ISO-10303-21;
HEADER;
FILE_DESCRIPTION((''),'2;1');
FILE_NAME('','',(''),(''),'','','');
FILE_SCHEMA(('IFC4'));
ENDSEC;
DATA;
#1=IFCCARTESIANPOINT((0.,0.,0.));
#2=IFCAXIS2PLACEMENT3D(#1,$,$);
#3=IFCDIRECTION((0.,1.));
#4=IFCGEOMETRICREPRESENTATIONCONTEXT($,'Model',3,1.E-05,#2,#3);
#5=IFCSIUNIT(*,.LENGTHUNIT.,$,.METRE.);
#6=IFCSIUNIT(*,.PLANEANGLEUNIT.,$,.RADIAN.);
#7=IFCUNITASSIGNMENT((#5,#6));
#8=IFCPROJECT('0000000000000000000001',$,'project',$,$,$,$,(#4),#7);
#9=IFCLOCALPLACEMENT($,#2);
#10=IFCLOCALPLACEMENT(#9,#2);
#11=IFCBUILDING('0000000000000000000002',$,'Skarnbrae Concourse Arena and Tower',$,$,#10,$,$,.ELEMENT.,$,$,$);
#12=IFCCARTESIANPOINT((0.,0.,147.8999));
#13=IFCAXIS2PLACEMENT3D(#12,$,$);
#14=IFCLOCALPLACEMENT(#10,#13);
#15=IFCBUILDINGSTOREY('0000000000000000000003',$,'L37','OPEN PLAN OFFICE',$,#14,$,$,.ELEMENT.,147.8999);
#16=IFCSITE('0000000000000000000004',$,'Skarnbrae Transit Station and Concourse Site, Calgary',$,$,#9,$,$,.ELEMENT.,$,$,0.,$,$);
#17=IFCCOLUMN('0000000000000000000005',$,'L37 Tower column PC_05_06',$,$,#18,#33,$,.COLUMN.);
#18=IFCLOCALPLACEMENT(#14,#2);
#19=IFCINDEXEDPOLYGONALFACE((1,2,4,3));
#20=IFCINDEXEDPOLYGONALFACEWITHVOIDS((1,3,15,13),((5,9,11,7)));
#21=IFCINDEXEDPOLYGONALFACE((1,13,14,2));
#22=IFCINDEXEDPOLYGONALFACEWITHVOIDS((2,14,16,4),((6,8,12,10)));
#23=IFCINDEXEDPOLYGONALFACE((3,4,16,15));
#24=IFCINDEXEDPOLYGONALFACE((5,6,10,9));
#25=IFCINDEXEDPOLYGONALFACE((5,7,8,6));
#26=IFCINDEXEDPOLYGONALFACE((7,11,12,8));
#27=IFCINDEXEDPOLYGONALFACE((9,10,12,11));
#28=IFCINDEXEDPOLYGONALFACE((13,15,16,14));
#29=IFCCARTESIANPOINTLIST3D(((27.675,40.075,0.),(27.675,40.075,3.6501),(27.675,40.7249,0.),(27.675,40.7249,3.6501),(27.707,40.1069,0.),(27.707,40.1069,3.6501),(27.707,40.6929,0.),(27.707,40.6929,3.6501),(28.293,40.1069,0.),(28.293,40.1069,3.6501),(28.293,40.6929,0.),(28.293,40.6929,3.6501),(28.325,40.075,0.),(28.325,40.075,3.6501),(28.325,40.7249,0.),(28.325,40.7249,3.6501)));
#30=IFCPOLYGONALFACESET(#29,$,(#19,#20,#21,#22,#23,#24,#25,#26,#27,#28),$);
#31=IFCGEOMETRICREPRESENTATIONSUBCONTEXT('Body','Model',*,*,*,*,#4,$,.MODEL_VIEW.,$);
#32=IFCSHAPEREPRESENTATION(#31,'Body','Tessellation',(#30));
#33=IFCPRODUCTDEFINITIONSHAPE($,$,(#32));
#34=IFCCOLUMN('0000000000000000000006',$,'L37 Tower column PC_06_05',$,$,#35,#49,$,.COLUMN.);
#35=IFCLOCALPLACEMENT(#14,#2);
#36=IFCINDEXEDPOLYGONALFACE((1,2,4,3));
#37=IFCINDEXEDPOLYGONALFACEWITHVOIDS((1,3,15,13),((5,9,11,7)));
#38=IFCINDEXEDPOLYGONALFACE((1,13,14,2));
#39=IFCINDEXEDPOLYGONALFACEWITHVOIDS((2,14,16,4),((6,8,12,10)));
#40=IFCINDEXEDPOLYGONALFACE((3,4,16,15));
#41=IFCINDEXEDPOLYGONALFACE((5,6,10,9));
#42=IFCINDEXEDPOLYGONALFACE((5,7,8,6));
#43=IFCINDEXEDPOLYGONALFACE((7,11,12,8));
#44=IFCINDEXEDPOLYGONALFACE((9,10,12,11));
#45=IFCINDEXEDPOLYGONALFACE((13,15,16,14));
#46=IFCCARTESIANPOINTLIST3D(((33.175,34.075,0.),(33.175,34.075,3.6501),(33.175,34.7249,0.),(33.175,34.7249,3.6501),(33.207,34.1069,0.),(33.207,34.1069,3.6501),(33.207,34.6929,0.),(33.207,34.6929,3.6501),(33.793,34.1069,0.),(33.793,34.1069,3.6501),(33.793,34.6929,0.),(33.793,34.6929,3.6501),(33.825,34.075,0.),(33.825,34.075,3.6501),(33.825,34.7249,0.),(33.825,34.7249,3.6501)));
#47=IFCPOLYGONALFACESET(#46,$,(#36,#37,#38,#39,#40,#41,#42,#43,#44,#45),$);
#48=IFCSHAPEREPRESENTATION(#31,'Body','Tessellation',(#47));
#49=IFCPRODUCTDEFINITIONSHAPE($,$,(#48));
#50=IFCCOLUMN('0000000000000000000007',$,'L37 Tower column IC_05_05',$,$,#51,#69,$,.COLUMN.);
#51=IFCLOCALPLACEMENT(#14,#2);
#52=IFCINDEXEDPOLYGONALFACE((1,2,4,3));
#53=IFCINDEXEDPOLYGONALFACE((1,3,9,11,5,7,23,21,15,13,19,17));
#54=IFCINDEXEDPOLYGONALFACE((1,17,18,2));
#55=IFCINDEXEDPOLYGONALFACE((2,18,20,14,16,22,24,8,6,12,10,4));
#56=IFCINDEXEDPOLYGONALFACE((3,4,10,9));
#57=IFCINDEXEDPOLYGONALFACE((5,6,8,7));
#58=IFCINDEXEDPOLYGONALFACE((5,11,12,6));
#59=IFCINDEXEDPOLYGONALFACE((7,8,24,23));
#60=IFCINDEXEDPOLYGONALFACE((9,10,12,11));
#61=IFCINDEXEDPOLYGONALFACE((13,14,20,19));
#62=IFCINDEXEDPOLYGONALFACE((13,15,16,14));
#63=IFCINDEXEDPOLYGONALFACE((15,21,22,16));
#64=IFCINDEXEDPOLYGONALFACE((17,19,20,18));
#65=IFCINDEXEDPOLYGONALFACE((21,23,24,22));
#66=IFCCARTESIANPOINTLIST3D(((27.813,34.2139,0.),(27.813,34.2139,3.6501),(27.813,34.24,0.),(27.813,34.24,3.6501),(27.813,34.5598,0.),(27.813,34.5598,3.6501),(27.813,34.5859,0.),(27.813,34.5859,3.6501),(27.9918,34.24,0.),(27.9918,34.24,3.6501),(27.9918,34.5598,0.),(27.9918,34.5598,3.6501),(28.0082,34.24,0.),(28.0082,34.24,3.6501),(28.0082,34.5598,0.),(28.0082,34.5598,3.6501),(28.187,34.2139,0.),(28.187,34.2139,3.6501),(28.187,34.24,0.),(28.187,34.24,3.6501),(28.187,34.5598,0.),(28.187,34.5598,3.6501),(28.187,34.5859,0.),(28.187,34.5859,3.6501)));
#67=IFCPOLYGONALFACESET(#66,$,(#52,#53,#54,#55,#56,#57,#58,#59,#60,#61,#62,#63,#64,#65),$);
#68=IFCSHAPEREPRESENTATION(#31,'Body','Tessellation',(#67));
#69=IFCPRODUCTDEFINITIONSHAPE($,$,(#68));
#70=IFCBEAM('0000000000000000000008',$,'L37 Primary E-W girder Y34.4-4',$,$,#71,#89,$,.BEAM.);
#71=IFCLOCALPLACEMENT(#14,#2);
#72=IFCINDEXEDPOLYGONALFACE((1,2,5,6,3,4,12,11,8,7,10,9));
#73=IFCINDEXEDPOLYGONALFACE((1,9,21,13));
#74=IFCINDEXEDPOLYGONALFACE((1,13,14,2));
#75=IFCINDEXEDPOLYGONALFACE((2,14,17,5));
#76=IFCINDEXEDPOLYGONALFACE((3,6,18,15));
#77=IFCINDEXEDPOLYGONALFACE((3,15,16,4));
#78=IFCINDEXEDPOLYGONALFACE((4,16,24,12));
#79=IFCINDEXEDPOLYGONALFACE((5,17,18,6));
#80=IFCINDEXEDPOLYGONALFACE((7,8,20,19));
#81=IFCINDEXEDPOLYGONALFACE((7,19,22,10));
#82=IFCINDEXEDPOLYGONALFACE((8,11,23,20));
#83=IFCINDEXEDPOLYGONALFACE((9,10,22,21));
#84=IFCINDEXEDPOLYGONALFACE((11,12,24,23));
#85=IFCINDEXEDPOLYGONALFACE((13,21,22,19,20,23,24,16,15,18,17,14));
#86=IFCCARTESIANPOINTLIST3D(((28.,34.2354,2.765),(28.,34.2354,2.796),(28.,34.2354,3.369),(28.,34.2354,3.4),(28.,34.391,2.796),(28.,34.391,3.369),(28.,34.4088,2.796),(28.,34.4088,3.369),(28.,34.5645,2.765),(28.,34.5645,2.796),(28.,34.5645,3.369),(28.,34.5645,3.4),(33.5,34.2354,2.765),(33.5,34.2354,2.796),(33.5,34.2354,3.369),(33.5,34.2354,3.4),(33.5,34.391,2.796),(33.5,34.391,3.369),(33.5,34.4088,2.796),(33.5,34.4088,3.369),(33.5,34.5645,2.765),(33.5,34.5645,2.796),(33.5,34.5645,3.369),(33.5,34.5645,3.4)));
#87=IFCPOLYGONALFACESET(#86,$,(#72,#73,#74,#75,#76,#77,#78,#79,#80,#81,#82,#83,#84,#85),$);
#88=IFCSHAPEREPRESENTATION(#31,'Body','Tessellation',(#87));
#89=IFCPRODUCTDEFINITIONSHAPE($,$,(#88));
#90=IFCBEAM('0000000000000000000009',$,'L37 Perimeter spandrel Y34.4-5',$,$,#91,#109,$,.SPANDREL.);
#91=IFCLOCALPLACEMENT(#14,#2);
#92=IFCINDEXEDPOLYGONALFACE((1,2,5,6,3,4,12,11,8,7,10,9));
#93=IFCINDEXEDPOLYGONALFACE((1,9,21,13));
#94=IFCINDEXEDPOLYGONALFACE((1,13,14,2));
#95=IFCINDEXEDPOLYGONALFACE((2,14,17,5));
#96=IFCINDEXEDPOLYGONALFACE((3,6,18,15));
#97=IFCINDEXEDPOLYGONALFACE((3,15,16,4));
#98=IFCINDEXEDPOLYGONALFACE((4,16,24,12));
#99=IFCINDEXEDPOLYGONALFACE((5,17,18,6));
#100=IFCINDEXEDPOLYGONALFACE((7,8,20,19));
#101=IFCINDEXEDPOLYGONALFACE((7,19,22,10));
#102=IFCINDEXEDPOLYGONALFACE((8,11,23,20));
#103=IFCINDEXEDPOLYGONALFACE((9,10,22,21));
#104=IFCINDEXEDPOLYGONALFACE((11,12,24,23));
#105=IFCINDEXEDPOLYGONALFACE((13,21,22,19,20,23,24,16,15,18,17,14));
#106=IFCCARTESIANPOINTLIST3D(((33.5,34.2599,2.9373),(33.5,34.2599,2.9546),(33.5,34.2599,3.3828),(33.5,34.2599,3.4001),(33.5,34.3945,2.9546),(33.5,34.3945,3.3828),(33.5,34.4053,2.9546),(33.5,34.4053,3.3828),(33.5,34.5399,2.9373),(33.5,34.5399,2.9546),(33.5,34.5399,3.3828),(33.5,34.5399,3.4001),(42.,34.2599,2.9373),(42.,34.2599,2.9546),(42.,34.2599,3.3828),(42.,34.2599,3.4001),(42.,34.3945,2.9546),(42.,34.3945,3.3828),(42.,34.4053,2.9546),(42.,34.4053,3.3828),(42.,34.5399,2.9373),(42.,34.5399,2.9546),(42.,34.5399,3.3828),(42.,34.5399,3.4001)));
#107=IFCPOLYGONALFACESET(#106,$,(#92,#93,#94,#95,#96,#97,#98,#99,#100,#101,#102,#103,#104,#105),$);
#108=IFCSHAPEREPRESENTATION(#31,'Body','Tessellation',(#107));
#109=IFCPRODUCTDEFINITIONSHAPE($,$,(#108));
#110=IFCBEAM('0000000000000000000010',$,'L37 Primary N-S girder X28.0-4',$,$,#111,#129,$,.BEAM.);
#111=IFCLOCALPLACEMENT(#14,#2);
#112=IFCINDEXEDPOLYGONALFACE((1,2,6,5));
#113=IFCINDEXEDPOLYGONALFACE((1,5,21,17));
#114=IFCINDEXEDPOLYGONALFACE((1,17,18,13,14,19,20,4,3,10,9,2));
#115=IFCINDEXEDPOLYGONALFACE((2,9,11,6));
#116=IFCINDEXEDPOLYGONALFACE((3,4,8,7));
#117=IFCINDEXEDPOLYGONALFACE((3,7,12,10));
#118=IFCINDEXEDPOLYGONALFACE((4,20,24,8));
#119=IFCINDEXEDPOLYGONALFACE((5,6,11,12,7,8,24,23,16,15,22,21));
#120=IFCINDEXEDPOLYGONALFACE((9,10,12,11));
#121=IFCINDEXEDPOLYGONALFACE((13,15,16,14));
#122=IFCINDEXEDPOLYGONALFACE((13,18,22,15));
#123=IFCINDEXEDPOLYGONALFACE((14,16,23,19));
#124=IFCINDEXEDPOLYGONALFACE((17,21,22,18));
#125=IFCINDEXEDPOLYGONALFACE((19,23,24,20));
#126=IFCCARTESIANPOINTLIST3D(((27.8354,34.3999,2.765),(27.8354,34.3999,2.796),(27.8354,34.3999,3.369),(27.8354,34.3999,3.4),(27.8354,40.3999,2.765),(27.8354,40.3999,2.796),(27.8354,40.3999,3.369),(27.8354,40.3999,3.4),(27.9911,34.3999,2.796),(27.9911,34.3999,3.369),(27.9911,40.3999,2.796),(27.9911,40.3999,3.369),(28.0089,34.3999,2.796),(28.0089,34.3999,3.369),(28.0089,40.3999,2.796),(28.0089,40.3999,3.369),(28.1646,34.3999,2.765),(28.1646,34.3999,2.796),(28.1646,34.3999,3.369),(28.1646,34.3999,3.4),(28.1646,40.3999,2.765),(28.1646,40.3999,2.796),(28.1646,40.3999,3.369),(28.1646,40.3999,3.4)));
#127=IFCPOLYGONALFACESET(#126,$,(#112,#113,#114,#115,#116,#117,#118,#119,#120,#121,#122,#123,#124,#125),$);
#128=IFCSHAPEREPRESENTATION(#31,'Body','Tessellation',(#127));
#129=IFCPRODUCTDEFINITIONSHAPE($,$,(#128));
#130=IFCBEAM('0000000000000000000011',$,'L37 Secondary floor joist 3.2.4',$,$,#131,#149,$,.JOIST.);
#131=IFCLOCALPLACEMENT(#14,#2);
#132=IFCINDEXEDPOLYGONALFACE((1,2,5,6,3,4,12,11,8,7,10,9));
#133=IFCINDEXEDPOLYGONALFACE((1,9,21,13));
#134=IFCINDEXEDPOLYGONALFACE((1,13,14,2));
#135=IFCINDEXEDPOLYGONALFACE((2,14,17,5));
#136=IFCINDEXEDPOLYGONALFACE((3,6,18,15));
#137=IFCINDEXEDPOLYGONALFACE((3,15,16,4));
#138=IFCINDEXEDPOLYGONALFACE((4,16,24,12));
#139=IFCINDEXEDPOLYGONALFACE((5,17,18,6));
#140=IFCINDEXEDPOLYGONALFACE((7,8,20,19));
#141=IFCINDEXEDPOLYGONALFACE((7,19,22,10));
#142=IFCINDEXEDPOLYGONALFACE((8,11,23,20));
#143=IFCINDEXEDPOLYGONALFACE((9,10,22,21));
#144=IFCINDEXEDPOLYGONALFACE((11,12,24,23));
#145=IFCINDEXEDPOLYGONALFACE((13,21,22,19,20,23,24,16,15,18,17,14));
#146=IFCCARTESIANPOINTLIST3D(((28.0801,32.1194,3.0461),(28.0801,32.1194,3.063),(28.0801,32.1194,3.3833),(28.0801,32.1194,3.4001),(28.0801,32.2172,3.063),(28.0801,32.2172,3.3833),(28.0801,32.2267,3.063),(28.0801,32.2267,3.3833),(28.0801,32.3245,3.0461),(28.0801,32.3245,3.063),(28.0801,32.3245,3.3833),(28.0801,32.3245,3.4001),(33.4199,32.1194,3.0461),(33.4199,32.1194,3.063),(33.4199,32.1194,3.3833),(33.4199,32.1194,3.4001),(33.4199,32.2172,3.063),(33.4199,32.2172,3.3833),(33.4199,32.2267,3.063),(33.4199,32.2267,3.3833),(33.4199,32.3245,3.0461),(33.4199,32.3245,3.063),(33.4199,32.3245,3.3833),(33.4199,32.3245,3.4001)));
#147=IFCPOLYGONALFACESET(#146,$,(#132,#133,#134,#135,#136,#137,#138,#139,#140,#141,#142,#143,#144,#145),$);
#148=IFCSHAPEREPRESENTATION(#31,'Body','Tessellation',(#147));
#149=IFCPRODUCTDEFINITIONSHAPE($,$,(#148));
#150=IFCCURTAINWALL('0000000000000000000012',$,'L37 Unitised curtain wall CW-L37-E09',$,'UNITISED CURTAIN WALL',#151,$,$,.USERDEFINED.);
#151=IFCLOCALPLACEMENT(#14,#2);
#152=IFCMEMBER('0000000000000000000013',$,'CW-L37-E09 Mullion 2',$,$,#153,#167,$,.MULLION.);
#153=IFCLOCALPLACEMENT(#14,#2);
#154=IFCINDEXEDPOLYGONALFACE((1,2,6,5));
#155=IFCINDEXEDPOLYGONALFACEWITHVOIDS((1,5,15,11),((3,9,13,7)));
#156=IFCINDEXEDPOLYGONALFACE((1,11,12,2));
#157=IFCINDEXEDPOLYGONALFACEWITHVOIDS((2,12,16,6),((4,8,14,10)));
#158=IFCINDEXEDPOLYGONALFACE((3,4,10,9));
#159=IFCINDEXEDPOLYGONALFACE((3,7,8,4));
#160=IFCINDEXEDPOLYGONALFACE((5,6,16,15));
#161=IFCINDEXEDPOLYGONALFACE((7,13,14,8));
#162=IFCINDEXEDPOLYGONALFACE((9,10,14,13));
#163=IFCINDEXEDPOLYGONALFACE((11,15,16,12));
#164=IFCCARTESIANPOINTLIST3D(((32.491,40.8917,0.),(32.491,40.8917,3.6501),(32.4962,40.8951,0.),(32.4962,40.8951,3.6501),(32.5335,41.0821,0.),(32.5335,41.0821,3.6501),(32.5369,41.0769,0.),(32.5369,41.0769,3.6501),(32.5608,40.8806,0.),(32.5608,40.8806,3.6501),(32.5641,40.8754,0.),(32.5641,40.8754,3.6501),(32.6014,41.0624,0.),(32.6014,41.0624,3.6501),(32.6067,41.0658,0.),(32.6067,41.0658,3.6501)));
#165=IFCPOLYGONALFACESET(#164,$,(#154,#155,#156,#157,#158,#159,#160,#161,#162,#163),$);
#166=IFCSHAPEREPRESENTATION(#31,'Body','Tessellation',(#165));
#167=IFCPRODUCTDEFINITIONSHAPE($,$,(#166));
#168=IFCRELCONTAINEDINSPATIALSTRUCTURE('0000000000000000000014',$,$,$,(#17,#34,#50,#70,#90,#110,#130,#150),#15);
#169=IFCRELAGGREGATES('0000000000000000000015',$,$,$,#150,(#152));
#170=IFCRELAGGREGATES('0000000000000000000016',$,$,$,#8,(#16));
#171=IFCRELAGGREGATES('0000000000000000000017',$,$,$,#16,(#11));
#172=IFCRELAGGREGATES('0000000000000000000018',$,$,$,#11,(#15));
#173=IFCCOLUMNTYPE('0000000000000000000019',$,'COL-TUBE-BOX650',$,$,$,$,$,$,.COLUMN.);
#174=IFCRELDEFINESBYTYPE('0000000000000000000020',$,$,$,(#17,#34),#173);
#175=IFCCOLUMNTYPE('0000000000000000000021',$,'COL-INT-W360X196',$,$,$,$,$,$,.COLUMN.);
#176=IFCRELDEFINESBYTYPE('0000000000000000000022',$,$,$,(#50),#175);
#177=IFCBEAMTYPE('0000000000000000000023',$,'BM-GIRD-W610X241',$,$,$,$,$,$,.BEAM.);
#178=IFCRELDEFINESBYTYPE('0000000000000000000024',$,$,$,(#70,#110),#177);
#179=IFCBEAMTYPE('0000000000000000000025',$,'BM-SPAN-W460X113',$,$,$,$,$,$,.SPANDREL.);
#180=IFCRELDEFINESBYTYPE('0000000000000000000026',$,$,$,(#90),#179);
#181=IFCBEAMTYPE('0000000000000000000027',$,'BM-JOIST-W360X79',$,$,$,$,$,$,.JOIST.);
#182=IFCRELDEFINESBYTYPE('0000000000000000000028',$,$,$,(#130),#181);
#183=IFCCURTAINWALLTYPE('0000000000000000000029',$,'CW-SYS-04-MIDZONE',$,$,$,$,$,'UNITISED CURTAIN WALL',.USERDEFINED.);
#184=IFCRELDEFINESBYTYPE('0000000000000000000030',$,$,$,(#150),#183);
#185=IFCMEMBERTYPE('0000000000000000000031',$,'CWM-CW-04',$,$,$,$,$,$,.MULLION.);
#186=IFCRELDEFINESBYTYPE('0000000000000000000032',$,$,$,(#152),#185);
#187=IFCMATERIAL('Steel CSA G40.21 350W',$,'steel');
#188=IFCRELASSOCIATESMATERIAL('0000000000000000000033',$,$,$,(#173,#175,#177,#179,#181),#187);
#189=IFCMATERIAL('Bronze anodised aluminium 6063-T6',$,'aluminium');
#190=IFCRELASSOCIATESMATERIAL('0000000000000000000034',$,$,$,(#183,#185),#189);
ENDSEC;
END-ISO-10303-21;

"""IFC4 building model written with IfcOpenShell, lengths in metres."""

from ifc_helpers import new_model, si_unit, direction, frame, origin, origin_2d, place, context, subcontext, project, spatial, hollow_rectangle, i_section, extrude, source, transform, mapped, material, material_profile, profile_set, type_object, element, aggregate, save


model = new_model("IFC4")

# Units and contexts
model_context = context("Model", 3, precision=1e-05, world=origin(), true_north=direction((0.0, 1.0)))
body_context = subcontext(model_context, "Body", "Model", "MODEL_VIEW")
ifc_project = project(units=[si_unit("LENGTHUNIT", "METRE"), si_unit("PLANEANGLEUNIT", "RADIAN")], contexts=[model_context])

# Site, building, storey
site_placement = place(None, origin())
site = spatial("IfcSite", under=ifc_project, at=site_placement, Name="Skarnbrae Transit Station and Concourse Site, Calgary", CompositionType="ELEMENT", RefElevation=0.0)
building_placement = place(site_placement, origin())
building = spatial("IfcBuilding", under=site, at=building_placement, Name="Skarnbrae Concourse Arena and Tower", CompositionType="ELEMENT")
storey_placement = place(building_placement, frame((0.0, 0.0, 147.8999)))
storey = spatial("IfcBuildingStorey", under=building, at=storey_placement, Name="L37", Description="OPEN PLAN OFFICE", CompositionType="ELEMENT", Elevation=147.8999)

# Columns
ifc_material_1 = material(Name="Steel CSA G40.21 350W", Category="steel")
ifc_material_profile_1 = material_profile(ifc_material_1, hollow_rectangle(XDim=0.6499, YDim=0.6499, WallThickness=0.032, at=origin_2d()), Name="BOX650X650X32")
ifc_profile_set_1 = profile_set([ifc_material_profile_1], Name="Steel CSA G40.21 350W")
column_type_1 = type_object("IfcColumnType", Name="COL-TUBE-BOX650", PredefinedType="COLUMN", material=ifc_profile_set_1)
shared_shape_1 = source(origin(), body_context, "Body", "SweptSolid", [
    extrude(hollow_rectangle(XDim=0.6499, YDim=0.6499, WallThickness=0.032, at=origin_2d()), origin(), (0.0, 0.0, 1.0), 3.6501),
])
for number, where, z_axis, x_axis, name in (
    (1, (28.0, 40.3999, 0.0), (0.0, 0.0, 1.0), (1.0, 0.0, 0.0), "L37 Tower column PC_05_06"),
    (2, (33.5, 34.3999, 0.0), (0.0, 0.0, 1.0), (1.0, 0.0, 0.0), "L37 Tower column PC_06_05"),
):
    element("IfcColumn", number, at=place(storey_placement, frame(where, z_axis=z_axis, x_axis=x_axis)), inside=storey, type_object=column_type_1, Name=name, PredefinedType="COLUMN", context=body_context, shape_type="MappedRepresentation", body=[
        mapped(shared_shape_1, transform((0.0, 0.0, 0.0))),
    ])
ifc_material_profile_2 = material_profile(ifc_material_1, i_section(OverallWidth=0.374, OverallDepth=0.3721, WebThickness=0.0164, FlangeThickness=0.0261, at=origin_2d()), Name="W360X196")
ifc_profile_set_2 = profile_set([ifc_material_profile_2], Name="Steel CSA G40.21 350W")
column_type_2 = type_object("IfcColumnType", Name="COL-INT-W360X196", PredefinedType="COLUMN", material=ifc_profile_set_2)
shared_shape_2 = source(origin(), body_context, "Body", "SweptSolid", [
    extrude(i_section(OverallWidth=0.374, OverallDepth=0.3721, WebThickness=0.0164, FlangeThickness=0.0261, at=origin_2d()), origin(), (0.0, 0.0, 1.0), 3.6501),
])
column_placement = place(storey_placement, frame((28.0, 34.3999, 0.0), z_axis=(0.0, 0.0, 1.0), x_axis=(1.0, 0.0, 0.0)))
element("IfcColumn", 3, at=column_placement, inside=storey, type_object=column_type_2, Name="L37 Tower column IC_05_05", PredefinedType="COLUMN", context=body_context, shape_type="MappedRepresentation", body=[
    mapped(shared_shape_2, transform((0.0, 0.0, 0.0))),
])

# Beams
ifc_material_profile_3 = material_profile(ifc_material_1, i_section(OverallWidth=0.3291, OverallDepth=0.635, WebThickness=0.0178, FlangeThickness=0.031, at=origin_2d()), Name="W610X241")
ifc_profile_set_3 = profile_set([ifc_material_profile_3], Name="Steel CSA G40.21 350W")
beam_type_1 = type_object("IfcBeamType", Name="BM-GIRD-W610X241", PredefinedType="BEAM", material=ifc_profile_set_3)
shared_shape_3 = source(origin(), body_context, "Body", "SweptSolid", [
    extrude(i_section(OverallWidth=0.3291, OverallDepth=0.635, WebThickness=0.0178, FlangeThickness=0.031, at=origin_2d()), origin(), (0.0, 0.0, 1.0), 5.5),
])
beam_1_placement = place(storey_placement, frame((28.0, 34.3999, 3.0825), z_axis=(1.0, 0.0, 0.0), x_axis=(0.0, 1.0, 0.0)))
element("IfcBeam", 4, at=beam_1_placement, inside=storey, type_object=beam_type_1, Name="L37 Primary E-W girder Y34.4-4", PredefinedType="BEAM", context=body_context, shape_type="MappedRepresentation", body=[
    mapped(shared_shape_3, transform((0.0, 0.0, 0.0))),
])
ifc_material_profile_4 = material_profile(ifc_material_1, i_section(OverallWidth=0.28, OverallDepth=0.4629, WebThickness=0.0107, FlangeThickness=0.0173, at=origin_2d()), Name="W460X113")
ifc_profile_set_4 = profile_set([ifc_material_profile_4], Name="Steel CSA G40.21 350W")
beam_type_2 = type_object("IfcBeamType", Name="BM-SPAN-W460X113", PredefinedType="SPANDREL", material=ifc_profile_set_4)
shared_shape_4 = source(origin(), body_context, "Body", "SweptSolid", [
    extrude(i_section(OverallWidth=0.28, OverallDepth=0.4629, WebThickness=0.0107, FlangeThickness=0.0173, at=origin_2d()), origin(), (0.0, 0.0, 1.0), 8.5),
])
beam_2_placement = place(storey_placement, frame((33.5, 34.3999, 3.1687), z_axis=(1.0, 0.0, 0.0), x_axis=(0.0, 1.0, 0.0)))
element("IfcBeam", 5, at=beam_2_placement, inside=storey, type_object=beam_type_2, Name="L37 Perimeter spandrel Y34.4-5", PredefinedType="SPANDREL", context=body_context, shape_type="MappedRepresentation", body=[
    mapped(shared_shape_4, transform((0.0, 0.0, 0.0))),
])
shared_shape_5 = source(origin(), body_context, "Body", "SweptSolid", [
    extrude(i_section(OverallWidth=0.3291, OverallDepth=0.635, WebThickness=0.0178, FlangeThickness=0.031, at=origin_2d()), origin(), (0.0, 0.0, 1.0), 6.0),
])
beam_3_placement = place(storey_placement, frame((28.0, 34.3999, 3.0825), z_axis=(0.0, 1.0, 0.0), x_axis=(-1.0, 0.0, 0.0)))
element("IfcBeam", 6, at=beam_3_placement, inside=storey, type_object=beam_type_1, Name="L37 Primary N-S girder X28.0-4", PredefinedType="BEAM", context=body_context, shape_type="MappedRepresentation", body=[
    mapped(shared_shape_5, transform((0.0, 0.0, 0.0))),
])
ifc_material_profile_5 = material_profile(ifc_material_1, i_section(OverallWidth=0.2051, OverallDepth=0.354, WebThickness=0.0095, FlangeThickness=0.0168, at=origin_2d()), Name="W360X79")
ifc_profile_set_5 = profile_set([ifc_material_profile_5], Name="Steel CSA G40.21 350W")
beam_type_3 = type_object("IfcBeamType", Name="BM-JOIST-W360X79", PredefinedType="JOIST", material=ifc_profile_set_5)
shared_shape_6 = source(origin(), body_context, "Body", "SweptSolid", [
    extrude(i_section(OverallWidth=0.2051, OverallDepth=0.354, WebThickness=0.0095, FlangeThickness=0.0168, at=origin_2d()), origin(), (0.0, 0.0, 1.0), 5.3398),
])
beam_4_placement = place(storey_placement, frame((28.0801, 32.2219, 3.2231), z_axis=(1.0, 0.0, 0.0), x_axis=(0.0, 1.0, 0.0)))
element("IfcBeam", 7, at=beam_4_placement, inside=storey, type_object=beam_type_3, Name="L37 Secondary floor joist 3.2.4", PredefinedType="JOIST", context=body_context, shape_type="MappedRepresentation", body=[
    mapped(shared_shape_6, transform((0.0, 0.0, 0.0))),
])

# Curtain wall, member
ifc_material_2 = material(Name="Bronze anodised aluminium 6063-T6", Category="aluminium")
curtain_wall_type = type_object("IfcCurtainWallType", Name="CW-SYS-04-MIDZONE", ElementType="UNITISED CURTAIN WALL", PredefinedType="USERDEFINED", material=ifc_material_2)
curtain_wall_1_placement = place(storey_placement, origin())
curtain_wall_1 = element("IfcCurtainWall", 8, at=curtain_wall_1_placement, inside=storey, type_object=curtain_wall_type, Name="L37 Unitised curtain wall CW-L37-E09", ObjectType="UNITISED CURTAIN WALL", PredefinedType="USERDEFINED")
ifc_material_profile_6 = material_profile(ifc_material_2, hollow_rectangle(XDim=0.075, YDim=0.1951, WallThickness=0.0044, at=origin_2d()), Name="ALU-MULL-75X195")
ifc_profile_set_6 = profile_set([ifc_material_profile_6], Name="Bronze anodised aluminium 6063-T6")
member_type_1 = type_object("IfcMemberType", Name="CWM-CW-04", PredefinedType="MULLION", material=ifc_profile_set_6)
shared_shape_7 = source(origin(), body_context, "Body", "SweptSolid", [
    extrude(hollow_rectangle(XDim=0.075, YDim=0.1951, WallThickness=0.0044, at=origin_2d()), origin(), (0.0, 0.0, 1.0), 3.6501),
])
member_1_placement = place(storey_placement, frame((32.5488, 40.9788, 0.0), z_axis=(0.0, 0.0, 1.0), x_axis=(-0.975936, 0.218056, 0.0)))
member_1 = element("IfcMember", 9, at=member_1_placement, type_object=member_type_1, Name="CW-L37-E09 Mullion 2", PredefinedType="MULLION", context=body_context, shape_type="MappedRepresentation", body=[
    mapped(shared_shape_7, transform((0.0, 0.0, 0.0))),
])
aggregate(curtain_wall_1, [member_1])

save(model, "model.ifc")
